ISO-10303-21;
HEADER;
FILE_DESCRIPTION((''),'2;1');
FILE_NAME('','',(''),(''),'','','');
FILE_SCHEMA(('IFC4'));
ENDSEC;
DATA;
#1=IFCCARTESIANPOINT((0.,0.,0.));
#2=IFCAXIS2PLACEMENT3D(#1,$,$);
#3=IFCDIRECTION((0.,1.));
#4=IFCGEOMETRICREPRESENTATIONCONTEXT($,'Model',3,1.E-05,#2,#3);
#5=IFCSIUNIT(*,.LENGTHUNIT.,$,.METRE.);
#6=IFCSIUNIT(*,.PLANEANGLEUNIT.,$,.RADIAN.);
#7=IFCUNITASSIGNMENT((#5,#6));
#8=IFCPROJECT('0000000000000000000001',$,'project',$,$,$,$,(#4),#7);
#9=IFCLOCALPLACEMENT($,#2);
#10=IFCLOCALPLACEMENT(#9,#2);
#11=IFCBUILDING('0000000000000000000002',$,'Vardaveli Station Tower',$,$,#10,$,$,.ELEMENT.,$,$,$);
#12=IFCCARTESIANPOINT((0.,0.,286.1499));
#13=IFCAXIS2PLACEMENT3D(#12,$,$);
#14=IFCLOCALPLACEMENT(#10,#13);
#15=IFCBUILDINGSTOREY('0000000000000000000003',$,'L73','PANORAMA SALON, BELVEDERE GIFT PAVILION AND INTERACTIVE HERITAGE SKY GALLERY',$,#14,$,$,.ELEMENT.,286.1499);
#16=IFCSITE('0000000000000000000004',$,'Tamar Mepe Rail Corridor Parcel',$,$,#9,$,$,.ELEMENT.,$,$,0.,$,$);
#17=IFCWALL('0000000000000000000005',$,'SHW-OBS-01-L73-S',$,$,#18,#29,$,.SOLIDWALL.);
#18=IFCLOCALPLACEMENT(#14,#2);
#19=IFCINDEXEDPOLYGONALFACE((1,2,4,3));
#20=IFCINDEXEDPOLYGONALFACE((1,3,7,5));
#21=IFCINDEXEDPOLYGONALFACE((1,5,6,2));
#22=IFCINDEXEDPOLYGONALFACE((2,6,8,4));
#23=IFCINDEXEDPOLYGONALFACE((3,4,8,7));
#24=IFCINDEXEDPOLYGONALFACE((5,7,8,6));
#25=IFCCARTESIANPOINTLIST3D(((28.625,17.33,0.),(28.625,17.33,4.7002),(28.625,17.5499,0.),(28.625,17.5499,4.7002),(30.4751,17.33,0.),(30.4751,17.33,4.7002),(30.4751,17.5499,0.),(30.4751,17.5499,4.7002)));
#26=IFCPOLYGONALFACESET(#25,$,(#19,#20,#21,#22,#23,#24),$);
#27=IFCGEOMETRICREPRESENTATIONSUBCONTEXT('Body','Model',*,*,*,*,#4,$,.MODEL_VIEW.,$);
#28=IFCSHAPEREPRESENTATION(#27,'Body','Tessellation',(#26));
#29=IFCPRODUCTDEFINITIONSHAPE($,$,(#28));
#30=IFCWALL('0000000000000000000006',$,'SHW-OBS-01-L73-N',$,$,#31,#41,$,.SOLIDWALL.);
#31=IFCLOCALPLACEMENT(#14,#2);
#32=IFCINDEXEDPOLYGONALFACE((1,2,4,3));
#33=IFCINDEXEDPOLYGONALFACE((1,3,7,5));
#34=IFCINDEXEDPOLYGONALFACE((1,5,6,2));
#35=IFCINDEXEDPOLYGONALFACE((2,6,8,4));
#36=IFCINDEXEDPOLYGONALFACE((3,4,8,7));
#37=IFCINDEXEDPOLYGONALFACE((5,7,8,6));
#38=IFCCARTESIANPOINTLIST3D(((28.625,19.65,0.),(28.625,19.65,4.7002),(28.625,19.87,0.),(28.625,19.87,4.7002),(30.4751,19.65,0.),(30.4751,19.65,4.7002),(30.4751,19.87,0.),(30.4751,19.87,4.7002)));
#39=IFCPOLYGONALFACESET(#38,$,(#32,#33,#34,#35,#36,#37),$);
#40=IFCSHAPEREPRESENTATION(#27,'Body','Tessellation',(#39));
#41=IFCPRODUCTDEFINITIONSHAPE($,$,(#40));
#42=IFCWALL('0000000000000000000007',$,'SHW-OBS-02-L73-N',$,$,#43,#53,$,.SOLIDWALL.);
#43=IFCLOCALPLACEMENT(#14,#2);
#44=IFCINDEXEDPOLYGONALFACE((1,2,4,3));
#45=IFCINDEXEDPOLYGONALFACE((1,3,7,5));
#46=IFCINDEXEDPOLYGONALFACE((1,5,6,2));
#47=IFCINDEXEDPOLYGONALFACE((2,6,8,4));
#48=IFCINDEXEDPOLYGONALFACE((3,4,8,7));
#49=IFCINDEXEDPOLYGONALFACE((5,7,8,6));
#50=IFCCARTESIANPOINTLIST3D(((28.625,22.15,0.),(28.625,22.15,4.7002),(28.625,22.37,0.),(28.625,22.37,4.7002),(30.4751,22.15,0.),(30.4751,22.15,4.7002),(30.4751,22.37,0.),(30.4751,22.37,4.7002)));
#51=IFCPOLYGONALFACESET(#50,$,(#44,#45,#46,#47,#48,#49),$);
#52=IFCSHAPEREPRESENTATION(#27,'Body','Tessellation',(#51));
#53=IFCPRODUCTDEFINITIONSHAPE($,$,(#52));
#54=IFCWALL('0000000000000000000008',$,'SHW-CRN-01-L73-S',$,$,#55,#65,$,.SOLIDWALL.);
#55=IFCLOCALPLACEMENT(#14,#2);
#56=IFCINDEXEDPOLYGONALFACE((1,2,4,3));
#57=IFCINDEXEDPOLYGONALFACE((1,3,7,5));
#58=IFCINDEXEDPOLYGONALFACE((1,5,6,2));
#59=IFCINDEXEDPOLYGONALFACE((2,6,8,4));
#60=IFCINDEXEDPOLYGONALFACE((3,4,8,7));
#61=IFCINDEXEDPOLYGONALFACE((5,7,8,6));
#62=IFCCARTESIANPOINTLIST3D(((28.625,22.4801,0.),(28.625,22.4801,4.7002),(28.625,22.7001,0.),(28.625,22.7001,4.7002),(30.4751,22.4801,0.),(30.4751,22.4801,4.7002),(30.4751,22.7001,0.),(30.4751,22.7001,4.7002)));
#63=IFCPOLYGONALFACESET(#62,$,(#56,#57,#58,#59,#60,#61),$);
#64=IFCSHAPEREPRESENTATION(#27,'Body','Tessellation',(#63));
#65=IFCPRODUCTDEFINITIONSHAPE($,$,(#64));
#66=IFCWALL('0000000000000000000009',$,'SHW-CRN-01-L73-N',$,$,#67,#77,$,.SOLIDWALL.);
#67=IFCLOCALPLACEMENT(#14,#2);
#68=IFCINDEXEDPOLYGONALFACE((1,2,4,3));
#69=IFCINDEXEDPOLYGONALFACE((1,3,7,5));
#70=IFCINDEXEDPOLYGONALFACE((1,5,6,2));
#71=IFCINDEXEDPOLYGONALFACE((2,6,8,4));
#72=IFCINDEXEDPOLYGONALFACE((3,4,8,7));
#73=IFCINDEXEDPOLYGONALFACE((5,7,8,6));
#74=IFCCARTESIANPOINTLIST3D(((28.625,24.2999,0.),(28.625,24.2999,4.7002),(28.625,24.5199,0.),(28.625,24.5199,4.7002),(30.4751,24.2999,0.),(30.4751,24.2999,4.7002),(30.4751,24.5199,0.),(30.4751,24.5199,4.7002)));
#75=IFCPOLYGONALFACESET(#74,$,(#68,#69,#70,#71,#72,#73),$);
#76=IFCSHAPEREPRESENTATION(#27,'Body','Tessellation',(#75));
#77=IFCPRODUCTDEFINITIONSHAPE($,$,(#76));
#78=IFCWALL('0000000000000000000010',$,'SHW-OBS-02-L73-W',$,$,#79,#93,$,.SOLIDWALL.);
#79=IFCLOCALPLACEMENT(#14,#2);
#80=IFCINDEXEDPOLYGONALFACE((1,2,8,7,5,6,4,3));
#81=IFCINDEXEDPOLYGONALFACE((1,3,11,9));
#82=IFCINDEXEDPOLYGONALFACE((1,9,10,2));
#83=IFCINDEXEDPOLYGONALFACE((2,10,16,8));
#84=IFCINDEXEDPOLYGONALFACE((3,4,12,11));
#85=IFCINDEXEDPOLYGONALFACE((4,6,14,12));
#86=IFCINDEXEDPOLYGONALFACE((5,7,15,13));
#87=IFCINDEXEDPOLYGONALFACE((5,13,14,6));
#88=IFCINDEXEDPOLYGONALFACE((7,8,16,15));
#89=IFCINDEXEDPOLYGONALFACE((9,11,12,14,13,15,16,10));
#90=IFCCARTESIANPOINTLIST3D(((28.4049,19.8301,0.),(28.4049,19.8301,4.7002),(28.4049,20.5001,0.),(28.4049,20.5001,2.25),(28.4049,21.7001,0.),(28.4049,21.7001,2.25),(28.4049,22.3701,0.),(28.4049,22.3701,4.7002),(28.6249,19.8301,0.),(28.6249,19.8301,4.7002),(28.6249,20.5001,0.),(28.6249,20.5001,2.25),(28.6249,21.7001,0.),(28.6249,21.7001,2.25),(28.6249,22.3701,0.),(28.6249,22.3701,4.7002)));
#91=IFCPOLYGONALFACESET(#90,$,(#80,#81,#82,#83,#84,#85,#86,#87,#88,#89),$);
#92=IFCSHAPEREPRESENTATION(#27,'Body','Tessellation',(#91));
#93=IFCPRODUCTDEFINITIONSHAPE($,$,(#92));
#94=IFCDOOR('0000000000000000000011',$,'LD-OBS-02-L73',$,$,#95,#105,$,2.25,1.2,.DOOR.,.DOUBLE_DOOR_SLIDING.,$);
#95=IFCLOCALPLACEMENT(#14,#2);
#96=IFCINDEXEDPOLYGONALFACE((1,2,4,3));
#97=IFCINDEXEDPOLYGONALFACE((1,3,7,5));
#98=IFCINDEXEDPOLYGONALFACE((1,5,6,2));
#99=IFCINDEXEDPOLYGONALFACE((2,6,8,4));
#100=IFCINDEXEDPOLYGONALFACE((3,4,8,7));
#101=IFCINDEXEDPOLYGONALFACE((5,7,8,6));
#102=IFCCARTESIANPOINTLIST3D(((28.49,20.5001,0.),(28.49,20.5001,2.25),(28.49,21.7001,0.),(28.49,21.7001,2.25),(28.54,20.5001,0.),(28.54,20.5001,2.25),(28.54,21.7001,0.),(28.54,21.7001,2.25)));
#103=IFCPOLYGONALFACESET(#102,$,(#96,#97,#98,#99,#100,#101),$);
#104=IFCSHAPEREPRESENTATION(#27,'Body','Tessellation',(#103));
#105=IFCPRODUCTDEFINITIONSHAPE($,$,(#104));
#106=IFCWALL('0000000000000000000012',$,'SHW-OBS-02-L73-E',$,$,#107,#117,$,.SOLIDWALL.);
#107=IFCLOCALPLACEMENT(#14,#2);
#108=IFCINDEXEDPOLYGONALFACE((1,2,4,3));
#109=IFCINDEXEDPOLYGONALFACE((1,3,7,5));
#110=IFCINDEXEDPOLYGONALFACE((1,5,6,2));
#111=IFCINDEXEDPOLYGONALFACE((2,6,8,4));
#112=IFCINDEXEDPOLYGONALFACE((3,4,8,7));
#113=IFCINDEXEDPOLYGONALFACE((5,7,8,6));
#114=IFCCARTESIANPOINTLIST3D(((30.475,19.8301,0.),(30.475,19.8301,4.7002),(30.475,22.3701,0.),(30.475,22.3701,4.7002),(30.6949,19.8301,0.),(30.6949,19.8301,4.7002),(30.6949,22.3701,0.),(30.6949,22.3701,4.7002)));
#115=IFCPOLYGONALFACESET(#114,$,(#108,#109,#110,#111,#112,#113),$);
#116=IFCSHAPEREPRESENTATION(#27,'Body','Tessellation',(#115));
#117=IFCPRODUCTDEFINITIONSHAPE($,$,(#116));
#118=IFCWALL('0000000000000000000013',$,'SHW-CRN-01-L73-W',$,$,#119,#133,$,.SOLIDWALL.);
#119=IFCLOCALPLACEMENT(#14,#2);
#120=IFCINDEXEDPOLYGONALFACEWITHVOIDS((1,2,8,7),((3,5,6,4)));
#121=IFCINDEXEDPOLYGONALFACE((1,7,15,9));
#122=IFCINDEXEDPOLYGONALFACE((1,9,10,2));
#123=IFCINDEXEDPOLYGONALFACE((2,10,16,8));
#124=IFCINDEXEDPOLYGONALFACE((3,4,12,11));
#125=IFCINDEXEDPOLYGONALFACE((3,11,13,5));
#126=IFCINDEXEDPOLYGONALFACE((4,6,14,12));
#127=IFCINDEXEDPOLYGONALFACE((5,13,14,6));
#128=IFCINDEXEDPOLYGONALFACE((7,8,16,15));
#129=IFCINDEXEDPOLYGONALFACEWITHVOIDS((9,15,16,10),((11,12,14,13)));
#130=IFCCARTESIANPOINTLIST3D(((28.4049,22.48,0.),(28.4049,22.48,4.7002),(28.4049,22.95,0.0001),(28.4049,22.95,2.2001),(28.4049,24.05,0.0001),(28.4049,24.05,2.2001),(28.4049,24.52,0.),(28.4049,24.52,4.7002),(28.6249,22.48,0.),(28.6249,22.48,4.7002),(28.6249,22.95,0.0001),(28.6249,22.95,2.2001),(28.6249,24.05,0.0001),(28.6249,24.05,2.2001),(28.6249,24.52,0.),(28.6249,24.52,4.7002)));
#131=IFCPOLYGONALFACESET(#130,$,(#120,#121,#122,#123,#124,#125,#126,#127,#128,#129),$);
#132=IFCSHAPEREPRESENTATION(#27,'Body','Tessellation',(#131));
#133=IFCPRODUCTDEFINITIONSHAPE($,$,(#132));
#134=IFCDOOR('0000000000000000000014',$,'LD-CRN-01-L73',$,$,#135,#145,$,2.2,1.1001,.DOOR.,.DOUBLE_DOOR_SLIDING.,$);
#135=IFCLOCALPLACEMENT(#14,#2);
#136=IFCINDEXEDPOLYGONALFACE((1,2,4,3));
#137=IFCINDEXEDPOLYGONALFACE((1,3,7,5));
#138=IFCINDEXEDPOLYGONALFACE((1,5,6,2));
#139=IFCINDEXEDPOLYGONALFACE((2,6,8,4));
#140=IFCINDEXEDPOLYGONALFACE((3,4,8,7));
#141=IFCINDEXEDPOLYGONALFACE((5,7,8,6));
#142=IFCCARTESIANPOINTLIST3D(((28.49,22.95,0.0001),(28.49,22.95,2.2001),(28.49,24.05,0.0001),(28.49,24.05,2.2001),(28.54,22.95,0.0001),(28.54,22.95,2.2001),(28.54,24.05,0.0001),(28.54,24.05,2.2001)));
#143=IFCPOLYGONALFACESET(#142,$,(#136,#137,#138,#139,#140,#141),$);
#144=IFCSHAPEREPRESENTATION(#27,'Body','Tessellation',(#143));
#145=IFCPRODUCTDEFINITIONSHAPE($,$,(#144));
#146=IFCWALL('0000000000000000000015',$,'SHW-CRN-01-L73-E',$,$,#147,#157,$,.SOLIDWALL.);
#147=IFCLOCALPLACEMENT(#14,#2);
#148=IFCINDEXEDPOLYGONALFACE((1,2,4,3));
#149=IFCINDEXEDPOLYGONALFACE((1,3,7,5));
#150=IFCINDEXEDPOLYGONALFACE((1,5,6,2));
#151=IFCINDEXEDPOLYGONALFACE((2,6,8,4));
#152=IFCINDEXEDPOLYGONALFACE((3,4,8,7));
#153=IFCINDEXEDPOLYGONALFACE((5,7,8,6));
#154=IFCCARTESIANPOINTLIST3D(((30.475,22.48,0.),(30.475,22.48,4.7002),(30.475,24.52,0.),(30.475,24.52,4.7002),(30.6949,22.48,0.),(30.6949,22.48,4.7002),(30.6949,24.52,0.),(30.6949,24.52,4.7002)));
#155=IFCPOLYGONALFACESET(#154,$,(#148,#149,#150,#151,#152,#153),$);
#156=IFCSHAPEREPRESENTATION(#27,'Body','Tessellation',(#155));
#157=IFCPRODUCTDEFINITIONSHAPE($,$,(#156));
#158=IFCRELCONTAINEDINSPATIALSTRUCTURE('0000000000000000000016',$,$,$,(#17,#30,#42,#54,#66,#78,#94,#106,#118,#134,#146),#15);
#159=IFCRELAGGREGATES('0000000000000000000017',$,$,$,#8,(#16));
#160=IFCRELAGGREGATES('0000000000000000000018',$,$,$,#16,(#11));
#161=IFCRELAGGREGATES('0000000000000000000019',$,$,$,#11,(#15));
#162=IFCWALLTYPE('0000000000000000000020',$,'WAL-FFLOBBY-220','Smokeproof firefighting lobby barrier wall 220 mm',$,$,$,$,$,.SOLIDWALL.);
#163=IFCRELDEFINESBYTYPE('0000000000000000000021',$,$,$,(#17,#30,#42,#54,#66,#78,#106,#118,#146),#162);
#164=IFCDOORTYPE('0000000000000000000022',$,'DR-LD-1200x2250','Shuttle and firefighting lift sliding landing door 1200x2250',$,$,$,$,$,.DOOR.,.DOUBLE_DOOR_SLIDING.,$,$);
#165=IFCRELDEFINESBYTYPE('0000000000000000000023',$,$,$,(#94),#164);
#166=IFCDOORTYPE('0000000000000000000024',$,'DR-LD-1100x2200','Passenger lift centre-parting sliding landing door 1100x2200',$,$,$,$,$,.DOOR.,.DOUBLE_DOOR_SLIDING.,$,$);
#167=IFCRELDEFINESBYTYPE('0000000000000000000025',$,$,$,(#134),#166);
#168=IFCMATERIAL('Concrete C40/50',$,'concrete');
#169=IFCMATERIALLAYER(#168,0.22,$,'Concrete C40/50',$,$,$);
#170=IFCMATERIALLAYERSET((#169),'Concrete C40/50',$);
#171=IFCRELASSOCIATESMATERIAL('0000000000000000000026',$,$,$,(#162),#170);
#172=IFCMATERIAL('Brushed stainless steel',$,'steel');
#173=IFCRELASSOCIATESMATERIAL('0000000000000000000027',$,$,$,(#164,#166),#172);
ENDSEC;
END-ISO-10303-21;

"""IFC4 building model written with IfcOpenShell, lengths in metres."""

from ifc_helpers import new_model, si_unit, direction, frame, frame_2d, origin, place, context, subcontext, project, spatial, rectangle, extrude, source, transform, mapped, material, layer, layer_set, type_object, element, fill, save


model = new_model("IFC4")

# Units and contexts
model_context = context("Model", 3, precision=1e-05, world=origin(), true_north=direction((0.0, 1.0)))
body_context = subcontext(model_context, "Body", "Model", "MODEL_VIEW")
ifc_project = project(units=[si_unit("LENGTHUNIT", "METRE"), si_unit("PLANEANGLEUNIT", "RADIAN")], contexts=[model_context])

# Site, building, storey
site_placement = place(None, origin())
site = spatial("IfcSite", under=ifc_project, at=site_placement, Name="Tamar Mepe Rail Corridor Parcel", CompositionType="ELEMENT", RefElevation=0.0)
building_placement = place(site_placement, origin())
building = spatial("IfcBuilding", under=site, at=building_placement, Name="Vardaveli Station Tower", CompositionType="ELEMENT")
storey_placement = place(building_placement, frame((0.0, 0.0, 286.1499)))
storey = spatial("IfcBuildingStorey", under=building, at=storey_placement, Name="L73", Description="PANORAMA SALON, BELVEDERE GIFT PAVILION AND INTERACTIVE HERITAGE SKY GALLERY", CompositionType="ELEMENT", Elevation=286.1499)

# Walls
ifc_material_1 = material(Name="Concrete C40/50", Category="concrete")
ifc_layer_1 = layer(ifc_material_1, 0.22, Name="Concrete C40/50")
ifc_layer_set_1 = layer_set([ifc_layer_1], Name="Concrete C40/50")
wall_type_1 = type_object("IfcWallType", Name="WAL-FFLOBBY-220", Description="Smokeproof firefighting lobby barrier wall 220 mm", PredefinedType="SOLIDWALL", material=ifc_layer_set_1)
shared_shape_1 = source(origin(), body_context, "Body", "SweptSolid", [
    extrude(rectangle(XDim=1.8501, YDim=0.22, at=frame_2d((0.925, 0.0))), origin(), (0.0, 0.0, 1.0), 4.7002),
])
for number, where, z_axis, x_axis, name in (
    (1, (28.625, 17.4399, 0.0), (0.0, 0.0, 1.0), (1.0, 0.0, 0.0), "SHW-OBS-01-L73-S"),
    (2, (28.625, 19.76, 0.0), (0.0, 0.0, 1.0), (1.0, 0.0, 0.0), "SHW-OBS-01-L73-N"),
    (3, (28.625, 22.26, 0.0), (0.0, 0.0, 1.0), (1.0, 0.0, 0.0), "SHW-OBS-02-L73-N"),
    (4, (28.625, 22.5901, 0.0), (0.0, 0.0, 1.0), (1.0, 0.0, 0.0), "SHW-CRN-01-L73-S"),
    (5, (28.625, 24.4099, 0.0), (0.0, 0.0, 1.0), (1.0, 0.0, 0.0), "SHW-CRN-01-L73-N"),
):
    element("IfcWall", number, at=place(storey_placement, frame(where, z_axis=z_axis, x_axis=x_axis)), inside=storey, type_object=wall_type_1, Name=name, PredefinedType="SOLIDWALL", context=body_context, shape_type="MappedRepresentation", body=[
        mapped(shared_shape_1, transform((0.0, 0.0, 0.0), scale=1.0)),
    ])

# Wall, opening, door
shared_shape_2 = source(origin(), body_context, "Body", "SweptSolid", [
    extrude(rectangle(XDim=2.54, YDim=0.22, at=frame_2d((1.27, 0.0))), origin(), (0.0, 0.0, 1.0), 4.7002),
])
wall_1_placement = place(storey_placement, frame((28.5149, 19.8301, 0.0), z_axis=(0.0, 0.0, 1.0), x_axis=(0.0, 1.0, 0.0)))
wall_1 = element("IfcWall", 6, at=wall_1_placement, inside=storey, type_object=wall_type_1, Name="SHW-OBS-02-L73-W", PredefinedType="SOLIDWALL", context=body_context, shape_type="MappedRepresentation", body=[
    mapped(shared_shape_2, transform((0.0, 0.0, 0.0), scale=1.0)),
])
shared_shape_3 = source(origin(), body_context, "Body", "SweptSolid", [
    extrude(rectangle(XDim=1.2, YDim=2.25, at=frame_2d((0.6001, 1.125))), frame((0.0, 0.1201, 0.0), z_axis=(0.0, -1.0, 0.0), x_axis=(1.0, 0.0, 0.0)), (0.0, 0.0, 1.0), 0.24),
])
opening_1_placement = place(wall_1_placement, frame((0.6699, 0.0, 0.0)))
opening_1 = element("IfcOpeningElement", 7, at=opening_1_placement, cuts=wall_1, PredefinedType="OPENING", context=body_context, shape_type="MappedRepresentation", body=[
    mapped(shared_shape_3, transform((0.0, 0.0, 0.0), scale=1.0)),
])
ifc_material_2 = material(Name="Brushed stainless steel", Category="steel")
door_type_1 = type_object("IfcDoorType", Name="DR-LD-1200x2250", Description="Shuttle and firefighting lift sliding landing door 1200x2250", OperationType="DOUBLE_DOOR_SLIDING", PredefinedType="DOOR", material=ifc_material_2)
shared_shape_4 = source(origin(), body_context, "Body", "SweptSolid", [
    extrude(rectangle(XDim=1.2, YDim=2.25, at=frame_2d((0.6001, 1.125))), frame((0.0, 0.0249, 0.0), z_axis=(0.0, -1.0, 0.0), x_axis=(1.0, 0.0, 0.0)), (0.0, 0.0, 1.0), 0.05),
])
door_1_placement = place(opening_1_placement, origin())
door_1 = element("IfcDoor", 8, at=door_1_placement, inside=storey, type_object=door_type_1, Name="LD-OBS-02-L73", OperationType="DOUBLE_DOOR_SLIDING", OverallHeight=2.25, OverallWidth=1.2, PredefinedType="DOOR", context=body_context, shape_type="MappedRepresentation", body=[
    mapped(shared_shape_4, transform((0.0, 0.0, 0.0), scale=1.0)),
])
fill(opening_1, door_1)

# Wall
wall_2_placement = place(storey_placement, frame((30.585, 19.8301, 0.0), z_axis=(0.0, 0.0, 1.0), x_axis=(0.0, 1.0, 0.0)))
element("IfcWall", 9, at=wall_2_placement, inside=storey, type_object=wall_type_1, Name="SHW-OBS-02-L73-E", PredefinedType="SOLIDWALL", context=body_context, shape_type="MappedRepresentation", body=[
    mapped(shared_shape_2, transform((0.0, 0.0, 0.0), scale=1.0)),
])

# Wall, opening, door
shared_shape_5 = source(origin(), body_context, "Body", "SweptSolid", [
    extrude(rectangle(XDim=2.04, YDim=0.22, at=frame_2d((1.02, 0.0))), origin(), (0.0, 0.0, 1.0), 4.7002),
])
wall_3_placement = place(storey_placement, frame((28.5149, 22.48, 0.0), z_axis=(0.0, 0.0, 1.0), x_axis=(0.0, 1.0, 0.0)))
wall_3 = element("IfcWall", 10, at=wall_3_placement, inside=storey, type_object=wall_type_1, Name="SHW-CRN-01-L73-W", PredefinedType="SOLIDWALL", context=body_context, shape_type="MappedRepresentation", body=[
    mapped(shared_shape_5, transform((0.0, 0.0, 0.0), scale=1.0)),
])
shared_shape_6 = source(origin(), body_context, "Body", "SweptSolid", [
    extrude(rectangle(XDim=1.1001, YDim=2.2, at=frame_2d((0.55, 1.1001))), frame((0.0, 0.1201, 0.0), z_axis=(0.0, -1.0, 0.0), x_axis=(1.0, 0.0, 0.0)), (0.0, 0.0, 1.0), 0.24),
])
opening_2_placement = place(wall_3_placement, frame((0.47, 0.0, 0.0)))
opening_2 = element("IfcOpeningElement", 11, at=opening_2_placement, cuts=wall_3, PredefinedType="OPENING", context=body_context, shape_type="MappedRepresentation", body=[
    mapped(shared_shape_6, transform((0.0, 0.0, 0.0), scale=1.0)),
])
door_type_2 = type_object("IfcDoorType", Name="DR-LD-1100x2200", Description="Passenger lift centre-parting sliding landing door 1100x2200", OperationType="DOUBLE_DOOR_SLIDING", PredefinedType="DOOR", material=ifc_material_2)
shared_shape_7 = source(origin(), body_context, "Body", "SweptSolid", [
    extrude(rectangle(XDim=1.1001, YDim=2.2, at=frame_2d((0.55, 1.1001))), frame((0.0, 0.0249, 0.0), z_axis=(0.0, -1.0, 0.0), x_axis=(1.0, 0.0, 0.0)), (0.0, 0.0, 1.0), 0.05),
])
door_2_placement = place(opening_2_placement, origin())
door_2 = element("IfcDoor", 12, at=door_2_placement, inside=storey, type_object=door_type_2, Name="LD-CRN-01-L73", OperationType="DOUBLE_DOOR_SLIDING", OverallHeight=2.2, OverallWidth=1.1001, PredefinedType="DOOR", context=body_context, shape_type="MappedRepresentation", body=[
    mapped(shared_shape_7, transform((0.0, 0.0, 0.0), scale=1.0)),
])
fill(opening_2, door_2)

# Wall
wall_4_placement = place(storey_placement, frame((30.585, 22.48, 0.0), z_axis=(0.0, 0.0, 1.0), x_axis=(0.0, 1.0, 0.0)))
element("IfcWall", 13, at=wall_4_placement, inside=storey, type_object=wall_type_1, Name="SHW-CRN-01-L73-E", PredefinedType="SOLIDWALL", context=body_context, shape_type="MappedRepresentation", body=[
    mapped(shared_shape_5, transform((0.0, 0.0, 0.0), scale=1.0)),
])

save(model, "model.ifc")
